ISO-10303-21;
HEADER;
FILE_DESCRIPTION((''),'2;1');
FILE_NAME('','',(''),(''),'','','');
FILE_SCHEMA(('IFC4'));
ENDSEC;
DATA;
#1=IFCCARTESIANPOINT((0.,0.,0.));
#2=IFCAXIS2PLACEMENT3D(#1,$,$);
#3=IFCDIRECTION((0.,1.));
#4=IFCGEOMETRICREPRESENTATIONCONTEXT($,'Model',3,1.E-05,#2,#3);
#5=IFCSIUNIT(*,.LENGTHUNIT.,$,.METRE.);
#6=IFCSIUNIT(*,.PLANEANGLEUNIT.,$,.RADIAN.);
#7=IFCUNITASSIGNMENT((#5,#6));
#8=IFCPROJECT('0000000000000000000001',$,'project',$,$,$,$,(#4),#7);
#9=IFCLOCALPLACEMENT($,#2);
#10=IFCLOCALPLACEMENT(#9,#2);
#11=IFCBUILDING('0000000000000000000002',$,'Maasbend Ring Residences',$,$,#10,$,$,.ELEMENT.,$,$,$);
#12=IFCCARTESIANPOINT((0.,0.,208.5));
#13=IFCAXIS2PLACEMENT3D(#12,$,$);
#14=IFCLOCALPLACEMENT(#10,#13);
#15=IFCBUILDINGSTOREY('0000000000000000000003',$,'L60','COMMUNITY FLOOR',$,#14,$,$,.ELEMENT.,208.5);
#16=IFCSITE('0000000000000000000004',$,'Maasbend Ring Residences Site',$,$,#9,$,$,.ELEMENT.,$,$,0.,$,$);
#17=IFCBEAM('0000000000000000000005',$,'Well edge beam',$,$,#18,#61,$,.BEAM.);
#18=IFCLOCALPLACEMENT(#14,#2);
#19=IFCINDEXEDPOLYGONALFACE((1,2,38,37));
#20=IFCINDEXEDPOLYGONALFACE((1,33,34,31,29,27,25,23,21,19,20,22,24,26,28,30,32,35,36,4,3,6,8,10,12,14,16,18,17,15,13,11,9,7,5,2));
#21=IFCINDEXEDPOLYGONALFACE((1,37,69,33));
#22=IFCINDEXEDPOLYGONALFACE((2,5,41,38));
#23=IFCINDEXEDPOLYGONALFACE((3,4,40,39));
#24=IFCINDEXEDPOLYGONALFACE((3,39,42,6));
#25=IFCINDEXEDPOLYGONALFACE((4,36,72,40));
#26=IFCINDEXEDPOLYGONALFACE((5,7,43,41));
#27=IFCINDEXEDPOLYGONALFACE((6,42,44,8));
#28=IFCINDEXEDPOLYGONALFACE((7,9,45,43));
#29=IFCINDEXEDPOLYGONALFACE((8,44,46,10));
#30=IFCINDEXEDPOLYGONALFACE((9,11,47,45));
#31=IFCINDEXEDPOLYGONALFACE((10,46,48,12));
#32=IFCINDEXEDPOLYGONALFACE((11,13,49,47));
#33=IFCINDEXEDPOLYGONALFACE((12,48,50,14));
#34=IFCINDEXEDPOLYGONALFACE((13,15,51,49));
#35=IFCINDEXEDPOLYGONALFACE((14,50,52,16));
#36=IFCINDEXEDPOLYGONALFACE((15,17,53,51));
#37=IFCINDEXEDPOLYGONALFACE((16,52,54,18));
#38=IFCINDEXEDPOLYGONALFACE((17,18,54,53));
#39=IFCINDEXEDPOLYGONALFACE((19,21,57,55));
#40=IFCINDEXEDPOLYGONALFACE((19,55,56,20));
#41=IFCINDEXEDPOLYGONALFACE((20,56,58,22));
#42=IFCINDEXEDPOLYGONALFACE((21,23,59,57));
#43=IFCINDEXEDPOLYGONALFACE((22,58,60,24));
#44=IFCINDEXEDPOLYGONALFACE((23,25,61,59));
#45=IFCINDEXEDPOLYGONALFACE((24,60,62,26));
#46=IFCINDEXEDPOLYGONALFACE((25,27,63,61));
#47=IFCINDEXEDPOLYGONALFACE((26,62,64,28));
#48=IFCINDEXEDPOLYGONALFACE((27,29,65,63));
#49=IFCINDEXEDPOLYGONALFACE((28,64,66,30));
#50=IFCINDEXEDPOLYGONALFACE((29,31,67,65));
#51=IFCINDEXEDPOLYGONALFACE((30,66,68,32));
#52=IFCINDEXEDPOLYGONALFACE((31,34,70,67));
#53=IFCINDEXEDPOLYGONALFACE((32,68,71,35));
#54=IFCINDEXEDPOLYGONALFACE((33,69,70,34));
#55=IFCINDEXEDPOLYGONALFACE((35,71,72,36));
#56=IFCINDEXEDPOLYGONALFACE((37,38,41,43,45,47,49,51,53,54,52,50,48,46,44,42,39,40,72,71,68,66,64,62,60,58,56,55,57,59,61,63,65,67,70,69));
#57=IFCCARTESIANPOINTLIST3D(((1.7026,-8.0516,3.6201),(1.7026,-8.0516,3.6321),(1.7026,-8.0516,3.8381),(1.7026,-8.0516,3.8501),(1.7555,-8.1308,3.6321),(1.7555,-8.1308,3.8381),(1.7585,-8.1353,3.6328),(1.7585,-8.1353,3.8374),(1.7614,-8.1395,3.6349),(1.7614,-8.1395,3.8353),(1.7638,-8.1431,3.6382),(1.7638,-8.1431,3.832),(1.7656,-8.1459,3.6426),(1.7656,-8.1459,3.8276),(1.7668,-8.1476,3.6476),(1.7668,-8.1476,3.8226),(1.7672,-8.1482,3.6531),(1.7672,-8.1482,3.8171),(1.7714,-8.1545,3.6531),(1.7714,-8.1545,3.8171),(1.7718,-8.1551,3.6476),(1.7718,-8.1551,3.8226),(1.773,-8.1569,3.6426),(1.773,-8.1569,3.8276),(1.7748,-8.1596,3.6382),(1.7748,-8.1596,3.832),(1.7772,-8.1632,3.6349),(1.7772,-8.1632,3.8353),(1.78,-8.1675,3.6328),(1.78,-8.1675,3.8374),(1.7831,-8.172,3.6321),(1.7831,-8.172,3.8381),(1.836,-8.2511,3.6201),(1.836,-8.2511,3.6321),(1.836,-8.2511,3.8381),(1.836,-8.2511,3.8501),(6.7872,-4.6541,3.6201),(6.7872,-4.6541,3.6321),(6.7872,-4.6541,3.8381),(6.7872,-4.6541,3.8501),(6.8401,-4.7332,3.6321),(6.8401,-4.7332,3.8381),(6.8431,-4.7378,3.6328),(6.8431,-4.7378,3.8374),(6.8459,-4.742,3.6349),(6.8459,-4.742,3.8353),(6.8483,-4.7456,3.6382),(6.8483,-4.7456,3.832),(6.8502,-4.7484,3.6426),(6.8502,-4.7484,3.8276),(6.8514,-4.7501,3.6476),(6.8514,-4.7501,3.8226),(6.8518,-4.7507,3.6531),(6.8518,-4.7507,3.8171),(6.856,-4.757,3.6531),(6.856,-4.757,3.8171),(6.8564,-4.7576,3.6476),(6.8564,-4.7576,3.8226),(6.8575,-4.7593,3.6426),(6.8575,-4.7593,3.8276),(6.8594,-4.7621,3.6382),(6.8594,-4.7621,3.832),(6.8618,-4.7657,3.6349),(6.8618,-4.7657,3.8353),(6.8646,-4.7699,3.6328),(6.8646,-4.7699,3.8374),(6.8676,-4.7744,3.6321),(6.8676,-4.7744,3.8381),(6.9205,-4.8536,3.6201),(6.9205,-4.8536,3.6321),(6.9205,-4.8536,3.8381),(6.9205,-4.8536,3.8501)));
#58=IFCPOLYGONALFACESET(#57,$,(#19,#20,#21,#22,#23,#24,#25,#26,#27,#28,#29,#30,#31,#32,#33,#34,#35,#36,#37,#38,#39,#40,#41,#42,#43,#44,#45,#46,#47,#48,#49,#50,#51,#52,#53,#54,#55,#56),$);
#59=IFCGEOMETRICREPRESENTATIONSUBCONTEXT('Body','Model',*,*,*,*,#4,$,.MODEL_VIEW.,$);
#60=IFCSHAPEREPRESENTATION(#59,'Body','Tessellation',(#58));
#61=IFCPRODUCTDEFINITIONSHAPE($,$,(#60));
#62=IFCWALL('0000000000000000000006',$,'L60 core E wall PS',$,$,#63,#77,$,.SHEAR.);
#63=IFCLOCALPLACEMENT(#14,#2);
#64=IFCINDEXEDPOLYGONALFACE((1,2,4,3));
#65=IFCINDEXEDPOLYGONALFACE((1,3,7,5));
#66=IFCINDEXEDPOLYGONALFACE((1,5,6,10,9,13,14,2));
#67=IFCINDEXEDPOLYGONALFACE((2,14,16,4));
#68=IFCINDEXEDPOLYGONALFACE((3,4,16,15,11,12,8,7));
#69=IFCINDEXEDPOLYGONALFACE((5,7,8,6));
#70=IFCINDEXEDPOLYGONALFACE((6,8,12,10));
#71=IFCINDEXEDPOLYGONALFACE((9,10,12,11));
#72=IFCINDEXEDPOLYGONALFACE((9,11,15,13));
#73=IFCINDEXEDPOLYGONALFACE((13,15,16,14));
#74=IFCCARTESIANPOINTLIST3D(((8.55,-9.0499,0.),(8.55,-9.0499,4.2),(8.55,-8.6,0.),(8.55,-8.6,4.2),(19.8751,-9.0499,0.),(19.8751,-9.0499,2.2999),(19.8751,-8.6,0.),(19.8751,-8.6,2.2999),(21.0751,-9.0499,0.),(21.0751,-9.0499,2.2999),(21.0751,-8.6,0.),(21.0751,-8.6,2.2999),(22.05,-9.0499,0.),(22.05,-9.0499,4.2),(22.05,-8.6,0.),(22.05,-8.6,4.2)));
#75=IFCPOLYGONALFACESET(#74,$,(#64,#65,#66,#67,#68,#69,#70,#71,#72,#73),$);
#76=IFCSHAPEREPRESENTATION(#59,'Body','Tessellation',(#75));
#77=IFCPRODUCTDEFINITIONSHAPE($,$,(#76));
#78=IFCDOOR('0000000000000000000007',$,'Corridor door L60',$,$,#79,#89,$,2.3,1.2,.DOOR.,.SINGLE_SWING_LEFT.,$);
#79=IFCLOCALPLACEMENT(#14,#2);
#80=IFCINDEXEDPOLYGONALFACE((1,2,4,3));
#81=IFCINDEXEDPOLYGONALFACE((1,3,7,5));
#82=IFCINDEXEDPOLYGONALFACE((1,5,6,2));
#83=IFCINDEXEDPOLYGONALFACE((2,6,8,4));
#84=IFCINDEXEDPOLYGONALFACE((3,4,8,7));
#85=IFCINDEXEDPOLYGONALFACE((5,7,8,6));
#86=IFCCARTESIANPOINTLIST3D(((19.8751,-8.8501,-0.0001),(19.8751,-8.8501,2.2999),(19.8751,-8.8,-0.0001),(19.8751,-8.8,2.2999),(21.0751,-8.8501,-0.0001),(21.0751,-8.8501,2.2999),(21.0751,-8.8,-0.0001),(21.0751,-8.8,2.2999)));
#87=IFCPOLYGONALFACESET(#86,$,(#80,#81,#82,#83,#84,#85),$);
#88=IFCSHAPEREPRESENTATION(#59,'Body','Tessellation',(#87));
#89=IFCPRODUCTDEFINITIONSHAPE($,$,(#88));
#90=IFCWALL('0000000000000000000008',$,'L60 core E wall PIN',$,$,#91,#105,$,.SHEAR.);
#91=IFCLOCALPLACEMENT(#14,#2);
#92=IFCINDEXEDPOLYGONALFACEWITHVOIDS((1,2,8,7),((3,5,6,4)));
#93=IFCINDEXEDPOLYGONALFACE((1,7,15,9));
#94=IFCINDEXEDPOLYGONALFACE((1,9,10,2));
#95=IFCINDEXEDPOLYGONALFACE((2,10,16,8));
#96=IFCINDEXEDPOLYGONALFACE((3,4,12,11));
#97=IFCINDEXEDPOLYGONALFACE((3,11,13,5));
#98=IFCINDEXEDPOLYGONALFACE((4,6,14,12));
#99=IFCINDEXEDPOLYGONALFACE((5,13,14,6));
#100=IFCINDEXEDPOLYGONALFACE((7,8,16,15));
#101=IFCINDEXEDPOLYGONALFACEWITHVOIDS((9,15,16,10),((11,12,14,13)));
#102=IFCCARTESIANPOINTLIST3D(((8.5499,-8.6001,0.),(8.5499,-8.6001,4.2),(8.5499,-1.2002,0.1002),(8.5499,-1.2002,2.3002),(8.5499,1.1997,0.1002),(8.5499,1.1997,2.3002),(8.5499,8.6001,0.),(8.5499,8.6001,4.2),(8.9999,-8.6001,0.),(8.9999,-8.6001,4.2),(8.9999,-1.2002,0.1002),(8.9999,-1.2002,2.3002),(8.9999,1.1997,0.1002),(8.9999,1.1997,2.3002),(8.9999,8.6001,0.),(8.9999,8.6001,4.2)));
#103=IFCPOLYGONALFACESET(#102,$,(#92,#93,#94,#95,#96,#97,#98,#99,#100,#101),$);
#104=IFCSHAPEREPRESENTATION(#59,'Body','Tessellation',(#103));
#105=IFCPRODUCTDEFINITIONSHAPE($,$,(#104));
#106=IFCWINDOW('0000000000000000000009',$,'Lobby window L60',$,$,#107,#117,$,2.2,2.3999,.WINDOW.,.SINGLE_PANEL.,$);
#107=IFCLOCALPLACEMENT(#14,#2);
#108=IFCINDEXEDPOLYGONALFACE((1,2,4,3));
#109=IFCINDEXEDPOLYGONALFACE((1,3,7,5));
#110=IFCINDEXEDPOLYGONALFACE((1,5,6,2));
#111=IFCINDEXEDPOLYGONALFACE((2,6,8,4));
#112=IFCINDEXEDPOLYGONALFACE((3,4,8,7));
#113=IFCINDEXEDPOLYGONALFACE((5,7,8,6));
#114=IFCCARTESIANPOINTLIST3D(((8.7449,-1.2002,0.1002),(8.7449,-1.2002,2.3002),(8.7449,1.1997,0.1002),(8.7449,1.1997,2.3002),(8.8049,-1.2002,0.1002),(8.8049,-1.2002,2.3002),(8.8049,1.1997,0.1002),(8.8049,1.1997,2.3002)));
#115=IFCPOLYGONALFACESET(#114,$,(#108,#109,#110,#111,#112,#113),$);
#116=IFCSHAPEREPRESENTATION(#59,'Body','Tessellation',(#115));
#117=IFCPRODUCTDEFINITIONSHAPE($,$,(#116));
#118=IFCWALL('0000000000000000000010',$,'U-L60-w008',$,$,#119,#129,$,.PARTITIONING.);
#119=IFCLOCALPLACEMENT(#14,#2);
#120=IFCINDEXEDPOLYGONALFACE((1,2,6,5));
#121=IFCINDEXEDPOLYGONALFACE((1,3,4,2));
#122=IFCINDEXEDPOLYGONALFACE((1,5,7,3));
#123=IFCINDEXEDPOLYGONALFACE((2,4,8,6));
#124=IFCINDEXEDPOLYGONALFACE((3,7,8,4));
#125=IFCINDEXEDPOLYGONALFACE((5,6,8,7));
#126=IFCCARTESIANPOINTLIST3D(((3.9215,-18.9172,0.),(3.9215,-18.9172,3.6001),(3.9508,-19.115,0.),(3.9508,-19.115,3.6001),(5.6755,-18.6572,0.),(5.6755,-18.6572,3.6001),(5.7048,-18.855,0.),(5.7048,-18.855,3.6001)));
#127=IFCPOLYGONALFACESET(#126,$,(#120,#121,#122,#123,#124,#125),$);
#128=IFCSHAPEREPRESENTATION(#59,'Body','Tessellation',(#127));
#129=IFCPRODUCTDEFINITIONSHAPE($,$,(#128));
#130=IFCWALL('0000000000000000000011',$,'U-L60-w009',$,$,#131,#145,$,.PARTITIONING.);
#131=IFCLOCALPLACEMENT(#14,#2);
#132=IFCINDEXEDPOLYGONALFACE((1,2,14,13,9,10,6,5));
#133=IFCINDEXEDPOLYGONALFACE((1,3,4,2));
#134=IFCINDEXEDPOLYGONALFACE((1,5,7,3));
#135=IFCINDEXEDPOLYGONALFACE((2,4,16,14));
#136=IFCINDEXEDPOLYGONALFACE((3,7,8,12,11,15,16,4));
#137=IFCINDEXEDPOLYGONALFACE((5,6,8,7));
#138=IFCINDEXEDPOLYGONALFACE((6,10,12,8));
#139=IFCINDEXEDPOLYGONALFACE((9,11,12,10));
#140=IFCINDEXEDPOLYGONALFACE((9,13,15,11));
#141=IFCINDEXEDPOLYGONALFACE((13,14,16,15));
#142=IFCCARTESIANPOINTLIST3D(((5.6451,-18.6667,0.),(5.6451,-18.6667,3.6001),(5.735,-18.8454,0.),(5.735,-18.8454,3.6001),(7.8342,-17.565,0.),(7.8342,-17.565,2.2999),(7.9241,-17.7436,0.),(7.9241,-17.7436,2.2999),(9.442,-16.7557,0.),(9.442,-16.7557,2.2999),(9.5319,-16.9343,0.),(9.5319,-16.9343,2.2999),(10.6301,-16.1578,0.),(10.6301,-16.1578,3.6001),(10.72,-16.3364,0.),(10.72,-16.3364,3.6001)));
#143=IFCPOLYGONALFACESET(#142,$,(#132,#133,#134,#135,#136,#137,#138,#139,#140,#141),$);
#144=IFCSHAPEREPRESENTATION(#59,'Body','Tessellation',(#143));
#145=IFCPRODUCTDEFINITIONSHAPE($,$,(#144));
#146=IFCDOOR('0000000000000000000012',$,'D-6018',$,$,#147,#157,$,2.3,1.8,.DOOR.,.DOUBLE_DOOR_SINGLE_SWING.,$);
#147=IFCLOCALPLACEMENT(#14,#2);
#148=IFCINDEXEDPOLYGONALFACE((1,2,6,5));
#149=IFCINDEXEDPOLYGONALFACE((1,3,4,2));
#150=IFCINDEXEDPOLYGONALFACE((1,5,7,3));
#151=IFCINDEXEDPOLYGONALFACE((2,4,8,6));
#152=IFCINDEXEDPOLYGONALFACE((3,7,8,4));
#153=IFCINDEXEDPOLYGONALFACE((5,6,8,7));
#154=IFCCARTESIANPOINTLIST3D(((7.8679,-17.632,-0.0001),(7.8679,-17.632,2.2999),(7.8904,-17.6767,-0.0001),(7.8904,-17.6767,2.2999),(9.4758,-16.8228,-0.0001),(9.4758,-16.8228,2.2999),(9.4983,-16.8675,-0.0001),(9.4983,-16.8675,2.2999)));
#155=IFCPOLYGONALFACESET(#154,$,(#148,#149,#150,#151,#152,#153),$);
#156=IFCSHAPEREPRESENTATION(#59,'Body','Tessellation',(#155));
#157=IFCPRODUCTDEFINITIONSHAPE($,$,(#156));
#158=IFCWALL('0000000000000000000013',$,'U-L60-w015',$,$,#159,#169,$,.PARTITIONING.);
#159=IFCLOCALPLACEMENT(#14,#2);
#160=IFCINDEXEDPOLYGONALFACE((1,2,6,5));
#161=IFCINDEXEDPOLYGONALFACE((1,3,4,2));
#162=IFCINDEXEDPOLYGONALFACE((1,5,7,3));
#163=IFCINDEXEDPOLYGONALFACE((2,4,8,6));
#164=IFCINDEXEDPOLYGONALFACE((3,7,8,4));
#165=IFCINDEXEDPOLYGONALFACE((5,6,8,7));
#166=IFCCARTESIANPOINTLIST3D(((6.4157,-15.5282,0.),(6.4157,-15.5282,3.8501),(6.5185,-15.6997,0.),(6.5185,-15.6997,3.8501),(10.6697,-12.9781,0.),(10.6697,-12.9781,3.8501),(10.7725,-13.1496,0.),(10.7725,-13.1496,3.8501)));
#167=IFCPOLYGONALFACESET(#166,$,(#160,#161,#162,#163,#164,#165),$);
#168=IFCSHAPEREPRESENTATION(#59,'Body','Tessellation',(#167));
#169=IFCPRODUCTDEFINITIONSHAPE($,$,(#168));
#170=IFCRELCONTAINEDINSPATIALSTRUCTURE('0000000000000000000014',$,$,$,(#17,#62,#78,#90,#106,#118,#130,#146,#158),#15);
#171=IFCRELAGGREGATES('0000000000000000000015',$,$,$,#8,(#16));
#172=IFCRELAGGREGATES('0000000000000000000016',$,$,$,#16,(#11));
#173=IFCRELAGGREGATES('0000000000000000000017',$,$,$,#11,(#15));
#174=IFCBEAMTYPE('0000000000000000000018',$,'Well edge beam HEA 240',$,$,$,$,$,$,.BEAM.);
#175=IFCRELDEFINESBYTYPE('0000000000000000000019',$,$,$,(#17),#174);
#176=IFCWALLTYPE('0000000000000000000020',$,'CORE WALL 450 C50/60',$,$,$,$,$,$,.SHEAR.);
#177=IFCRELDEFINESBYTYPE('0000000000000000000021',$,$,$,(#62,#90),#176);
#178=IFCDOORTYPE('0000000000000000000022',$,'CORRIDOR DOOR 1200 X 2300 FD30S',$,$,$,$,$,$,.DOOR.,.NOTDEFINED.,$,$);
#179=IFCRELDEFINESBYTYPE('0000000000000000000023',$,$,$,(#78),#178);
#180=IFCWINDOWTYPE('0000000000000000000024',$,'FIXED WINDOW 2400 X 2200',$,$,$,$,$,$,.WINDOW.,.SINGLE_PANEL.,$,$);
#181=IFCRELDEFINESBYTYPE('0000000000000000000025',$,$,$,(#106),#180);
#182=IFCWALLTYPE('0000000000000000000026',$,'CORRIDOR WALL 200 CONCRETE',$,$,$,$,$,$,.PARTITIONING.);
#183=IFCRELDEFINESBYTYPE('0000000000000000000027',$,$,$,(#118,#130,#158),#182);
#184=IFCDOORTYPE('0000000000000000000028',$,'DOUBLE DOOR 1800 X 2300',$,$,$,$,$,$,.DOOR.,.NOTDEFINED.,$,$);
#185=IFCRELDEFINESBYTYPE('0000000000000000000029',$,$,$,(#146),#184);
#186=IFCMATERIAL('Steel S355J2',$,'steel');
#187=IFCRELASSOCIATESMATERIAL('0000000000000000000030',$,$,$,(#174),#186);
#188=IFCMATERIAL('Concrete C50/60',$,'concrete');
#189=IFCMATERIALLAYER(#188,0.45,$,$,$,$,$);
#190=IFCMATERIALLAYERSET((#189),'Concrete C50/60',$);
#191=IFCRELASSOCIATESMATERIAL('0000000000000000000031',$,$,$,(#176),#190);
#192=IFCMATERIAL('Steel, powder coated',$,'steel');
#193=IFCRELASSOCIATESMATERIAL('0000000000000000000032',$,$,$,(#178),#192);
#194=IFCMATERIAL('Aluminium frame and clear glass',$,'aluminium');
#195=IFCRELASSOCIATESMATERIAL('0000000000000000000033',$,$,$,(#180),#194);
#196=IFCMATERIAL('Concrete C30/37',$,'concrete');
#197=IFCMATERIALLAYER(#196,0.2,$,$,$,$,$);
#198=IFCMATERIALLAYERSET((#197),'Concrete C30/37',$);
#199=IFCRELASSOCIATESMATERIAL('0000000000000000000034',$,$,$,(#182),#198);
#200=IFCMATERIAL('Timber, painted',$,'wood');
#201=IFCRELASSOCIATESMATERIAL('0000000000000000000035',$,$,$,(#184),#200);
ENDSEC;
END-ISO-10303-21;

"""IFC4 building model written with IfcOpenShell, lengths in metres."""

from ifc_helpers import new_model, si_unit, direction, frame, frame_2d, origin, origin_2d, place, context, subcontext, project, spatial, rectangle, i_section, extrude, material, layer, layer_set, material_profile, profile_set, type_object, element, fill, save


model = new_model("IFC4")

# Units and contexts
model_context = context("Model", 3, precision=1e-05, world=origin(), true_north=direction((0.0, 1.0)))
body_context = subcontext(model_context, "Body", "Model", "MODEL_VIEW")
ifc_project = project(units=[si_unit("LENGTHUNIT", "METRE"), si_unit("PLANEANGLEUNIT", "RADIAN")], contexts=[model_context])

# Site, building, storey
site_placement = place(None, origin())
site = spatial("IfcSite", under=ifc_project, at=site_placement, Name="Maasbend Ring Residences Site", CompositionType="ELEMENT", RefElevation=0.0)
building_placement = place(site_placement, origin())
building = spatial("IfcBuilding", under=site, at=building_placement, Name="Maasbend Ring Residences", CompositionType="ELEMENT")
storey_placement = place(building_placement, frame((0.0, 0.0, 208.5)))
storey = spatial("IfcBuildingStorey", under=building, at=storey_placement, Name="L60", Description="COMMUNITY FLOOR", CompositionType="ELEMENT", Elevation=208.5)

# Beam
ifc_material_1 = material(Name="Steel S355J2", Category="steel")
ifc_material_profile_1 = material_profile(ifc_material_1, i_section(OverallWidth=0.24, OverallDepth=0.23, WebThickness=0.0076, FlangeThickness=0.012, FilletRadius=0.021, at=origin_2d()), Name="HEA 240")
ifc_profile_set_1 = profile_set([ifc_material_profile_1], Name="Steel S355J2")
beam_type_1 = type_object("IfcBeamType", Name="Well edge beam HEA 240", PredefinedType="BEAM", material=ifc_profile_set_1)
beam_1_placement = place(storey_placement, frame((1.7693, -8.1514, 3.7351), z_axis=(0.83146, 0.555584, 0.0), x_axis=(-0.555584, 0.83146, 0.0)))
element("IfcBeam", 1, at=beam_1_placement, inside=storey, type_object=beam_type_1, Name="Well edge beam", PredefinedType="BEAM", context=body_context, shape_type="SweptSolid", body=[
    extrude(i_section(OverallWidth=0.24, OverallDepth=0.23, WebThickness=0.0076, FlangeThickness=0.012, FilletRadius=0.021, at=origin_2d()), origin(), (0.0, 0.0, 1.0), 6.1152),
])

# Wall, opening, door
ifc_material_2 = material(Name="Concrete C50/60", Category="concrete")
ifc_layer_1 = layer(ifc_material_2, 0.45)
ifc_layer_set_1 = layer_set([ifc_layer_1], Name="Concrete C50/60")
wall_type_1 = type_object("IfcWallType", Name="CORE WALL 450 C50/60", PredefinedType="SHEAR", material=ifc_layer_set_1)
wall_1_placement = place(storey_placement, frame((8.55, -8.825, 0.0), z_axis=(0.0, 0.0, 1.0), x_axis=(1.0, 0.0, 0.0)))
wall_1 = element("IfcWall", 2, at=wall_1_placement, inside=storey, type_object=wall_type_1, Name="L60 core E wall PS", PredefinedType="SHEAR", context=body_context, shape_type="SweptSolid", body=[
    extrude(rectangle(XDim=13.5, YDim=0.45, at=frame_2d((6.75, 0.0))), origin(), (0.0, 0.0, 1.0), 4.2),
])
opening_1_placement = place(wall_1_placement, frame((11.325, 0.0, 0.0)))
opening_1 = element("IfcOpeningElement", 3, at=opening_1_placement, cuts=wall_1, PredefinedType="OPENING", context=body_context, shape_type="SweptSolid", body=[
    extrude(rectangle(XDim=1.2, YDim=2.3, at=frame_2d((0.6001, 1.1499))), frame((0.0, 0.2349, 0.0), z_axis=(0.0, -1.0, 0.0), x_axis=(1.0, 0.0, 0.0)), (0.0, 0.0, 1.0), 0.47),
])
ifc_material_3 = material(Name="Steel, powder coated", Category="steel")
door_type_1 = type_object("IfcDoorType", Name="CORRIDOR DOOR 1200 X 2300 FD30S", OperationType="NOTDEFINED", PredefinedType="DOOR", material=ifc_material_3)
door_1_placement = place(opening_1_placement, origin())
door_1 = element("IfcDoor", 4, at=door_1_placement, inside=storey, type_object=door_type_1, Name="Corridor door L60", OperationType="SINGLE_SWING_LEFT", OverallHeight=2.3, OverallWidth=1.2, PredefinedType="DOOR", context=body_context, shape_type="SweptSolid", body=[
    extrude(rectangle(XDim=1.2, YDim=2.3, at=frame_2d((0.6001, 1.1499))), frame((0.0, 0.0249, 0.0), z_axis=(0.0, -1.0, 0.0), x_axis=(1.0, 0.0, 0.0)), (0.0, 0.0, 1.0), 0.05),
])
fill(opening_1, door_1)

# Wall, opening, window
wall_2_placement = place(storey_placement, frame((8.7749, -8.6001, 0.0), z_axis=(0.0, 0.0, 1.0), x_axis=(0.0, 1.0, 0.0)))
wall_2 = element("IfcWall", 5, at=wall_2_placement, inside=storey, type_object=wall_type_1, Name="L60 core E wall PIN", PredefinedType="SHEAR", context=body_context, shape_type="SweptSolid", body=[
    extrude(rectangle(XDim=17.2002, YDim=0.45, at=frame_2d((8.6001, 0.0))), origin(), (0.0, 0.0, 1.0), 4.2),
])
opening_2_placement = place(wall_2_placement, frame((7.3999, 0.0, 0.1001)))
opening_2 = element("IfcOpeningElement", 6, at=opening_2_placement, cuts=wall_2, PredefinedType="OPENING", context=body_context, shape_type="SweptSolid", body=[
    extrude(rectangle(XDim=2.3999, YDim=2.2, at=frame_2d((1.2, 1.1001))), frame((0.0, 0.2349, 0.0), z_axis=(0.0, -1.0, 0.0), x_axis=(1.0, 0.0, 0.0)), (0.0, 0.0, 1.0), 0.47),
])
ifc_material_4 = material(Name="Aluminium frame and clear glass", Category="aluminium")
window_type = type_object("IfcWindowType", Name="FIXED WINDOW 2400 X 2200", PartitioningType="SINGLE_PANEL", PredefinedType="WINDOW", material=ifc_material_4)
window_placement = place(opening_2_placement, origin())
window = element("IfcWindow", 7, at=window_placement, inside=storey, type_object=window_type, Name="Lobby window L60", OverallHeight=2.2, OverallWidth=2.3999, PartitioningType="SINGLE_PANEL", PredefinedType="WINDOW", context=body_context, shape_type="SweptSolid", body=[
    extrude(rectangle(XDim=2.3999, YDim=2.2, at=frame_2d((1.2, 1.1001))), frame((0.0, 0.03, 0.0), z_axis=(0.0, -1.0, 0.0), x_axis=(1.0, 0.0, 0.0)), (0.0, 0.0, 1.0), 0.0601),
])
fill(opening_2, window)

# Wall
ifc_material_5 = material(Name="Concrete C30/37", Category="concrete")
ifc_layer_2 = layer(ifc_material_5, 0.2)
ifc_layer_set_2 = layer_set([ifc_layer_2], Name="Concrete C30/37")
wall_type_2 = type_object("IfcWallType", Name="CORRIDOR WALL 200 CONCRETE", PredefinedType="PARTITIONING", material=ifc_layer_set_2)
wall_3_placement = place(storey_placement, frame((3.936, -19.0161, 0.0), z_axis=(0.0, 0.0, 1.0), x_axis=(0.989189, 0.146643, 0.0)))
element("IfcWall", 8, at=wall_3_placement, inside=storey, type_object=wall_type_2, Name="U-L60-w008", PredefinedType="PARTITIONING", context=body_context, shape_type="SweptSolid", body=[
    extrude(rectangle(XDim=1.7732, YDim=0.2, at=frame_2d((0.8867, 0.0))), origin(), (0.0, 0.0, 1.0), 3.6001),
])

# Wall, opening, door
wall_4_placement = place(storey_placement, frame((5.6899, -18.7561, 0.0), z_axis=(0.0, 0.0, 1.0), x_axis=(0.893243, 0.449574, 0.0)))
wall_4 = element("IfcWall", 9, at=wall_4_placement, inside=storey, type_object=wall_type_2, Name="U-L60-w009", PredefinedType="PARTITIONING", context=body_context, shape_type="SweptSolid", body=[
    extrude(rectangle(XDim=5.5808, YDim=0.2, at=frame_2d((2.7905, 0.0))), origin(), (0.0, 0.0, 1.0), 3.6001),
])
opening_3_placement = place(wall_4_placement, frame((2.4509, 0.0, 0.0)))
opening_3 = element("IfcOpeningElement", 10, at=opening_3_placement, cuts=wall_4, PredefinedType="OPENING", context=body_context, shape_type="SweptSolid", body=[
    extrude(rectangle(XDim=1.8, YDim=2.3, at=frame_2d((0.8999, 1.1499))), frame((0.0, 0.1099, 0.0), z_axis=(0.0, -1.0, 0.0), x_axis=(1.0, 0.0, 0.0)), (0.0, 0.0, 1.0), 0.22),
])
ifc_material_6 = material(Name="Timber, painted", Category="wood")
door_type_2 = type_object("IfcDoorType", Name="DOUBLE DOOR 1800 X 2300", OperationType="NOTDEFINED", PredefinedType="DOOR", material=ifc_material_6)
door_2_placement = place(opening_3_placement, origin())
door_2 = element("IfcDoor", 11, at=door_2_placement, inside=storey, type_object=door_type_2, Name="D-6018", OperationType="DOUBLE_DOOR_SINGLE_SWING", OverallHeight=2.3, OverallWidth=1.8, PredefinedType="DOOR", context=body_context, shape_type="SweptSolid", body=[
    extrude(rectangle(XDim=1.8, YDim=2.3, at=frame_2d((0.8999, 1.1499))), frame((0.0, 0.0249, 0.0), z_axis=(0.0, -1.0, 0.0), x_axis=(1.0, 0.0, 0.0)), (0.0, 0.0, 1.0), 0.05),
])
fill(opening_3, door_2)

# Wall
wall_5_placement = place(storey_placement, frame((6.467, -15.614, 0.0), z_axis=(0.0, 0.0, 1.0), x_axis=(0.857697, 0.514155, 0.0)))
element("IfcWall", 12, at=wall_5_placement, inside=storey, type_object=wall_type_2, Name="U-L60-w015", PredefinedType="PARTITIONING", context=body_context, shape_type="SweptSolid", body=[
    extrude(rectangle(XDim=4.9597, YDim=0.2, at=frame_2d((2.48, 0.0))), origin(), (0.0, 0.0, 1.0), 3.8501),
])

save(model, "model.ifc")
